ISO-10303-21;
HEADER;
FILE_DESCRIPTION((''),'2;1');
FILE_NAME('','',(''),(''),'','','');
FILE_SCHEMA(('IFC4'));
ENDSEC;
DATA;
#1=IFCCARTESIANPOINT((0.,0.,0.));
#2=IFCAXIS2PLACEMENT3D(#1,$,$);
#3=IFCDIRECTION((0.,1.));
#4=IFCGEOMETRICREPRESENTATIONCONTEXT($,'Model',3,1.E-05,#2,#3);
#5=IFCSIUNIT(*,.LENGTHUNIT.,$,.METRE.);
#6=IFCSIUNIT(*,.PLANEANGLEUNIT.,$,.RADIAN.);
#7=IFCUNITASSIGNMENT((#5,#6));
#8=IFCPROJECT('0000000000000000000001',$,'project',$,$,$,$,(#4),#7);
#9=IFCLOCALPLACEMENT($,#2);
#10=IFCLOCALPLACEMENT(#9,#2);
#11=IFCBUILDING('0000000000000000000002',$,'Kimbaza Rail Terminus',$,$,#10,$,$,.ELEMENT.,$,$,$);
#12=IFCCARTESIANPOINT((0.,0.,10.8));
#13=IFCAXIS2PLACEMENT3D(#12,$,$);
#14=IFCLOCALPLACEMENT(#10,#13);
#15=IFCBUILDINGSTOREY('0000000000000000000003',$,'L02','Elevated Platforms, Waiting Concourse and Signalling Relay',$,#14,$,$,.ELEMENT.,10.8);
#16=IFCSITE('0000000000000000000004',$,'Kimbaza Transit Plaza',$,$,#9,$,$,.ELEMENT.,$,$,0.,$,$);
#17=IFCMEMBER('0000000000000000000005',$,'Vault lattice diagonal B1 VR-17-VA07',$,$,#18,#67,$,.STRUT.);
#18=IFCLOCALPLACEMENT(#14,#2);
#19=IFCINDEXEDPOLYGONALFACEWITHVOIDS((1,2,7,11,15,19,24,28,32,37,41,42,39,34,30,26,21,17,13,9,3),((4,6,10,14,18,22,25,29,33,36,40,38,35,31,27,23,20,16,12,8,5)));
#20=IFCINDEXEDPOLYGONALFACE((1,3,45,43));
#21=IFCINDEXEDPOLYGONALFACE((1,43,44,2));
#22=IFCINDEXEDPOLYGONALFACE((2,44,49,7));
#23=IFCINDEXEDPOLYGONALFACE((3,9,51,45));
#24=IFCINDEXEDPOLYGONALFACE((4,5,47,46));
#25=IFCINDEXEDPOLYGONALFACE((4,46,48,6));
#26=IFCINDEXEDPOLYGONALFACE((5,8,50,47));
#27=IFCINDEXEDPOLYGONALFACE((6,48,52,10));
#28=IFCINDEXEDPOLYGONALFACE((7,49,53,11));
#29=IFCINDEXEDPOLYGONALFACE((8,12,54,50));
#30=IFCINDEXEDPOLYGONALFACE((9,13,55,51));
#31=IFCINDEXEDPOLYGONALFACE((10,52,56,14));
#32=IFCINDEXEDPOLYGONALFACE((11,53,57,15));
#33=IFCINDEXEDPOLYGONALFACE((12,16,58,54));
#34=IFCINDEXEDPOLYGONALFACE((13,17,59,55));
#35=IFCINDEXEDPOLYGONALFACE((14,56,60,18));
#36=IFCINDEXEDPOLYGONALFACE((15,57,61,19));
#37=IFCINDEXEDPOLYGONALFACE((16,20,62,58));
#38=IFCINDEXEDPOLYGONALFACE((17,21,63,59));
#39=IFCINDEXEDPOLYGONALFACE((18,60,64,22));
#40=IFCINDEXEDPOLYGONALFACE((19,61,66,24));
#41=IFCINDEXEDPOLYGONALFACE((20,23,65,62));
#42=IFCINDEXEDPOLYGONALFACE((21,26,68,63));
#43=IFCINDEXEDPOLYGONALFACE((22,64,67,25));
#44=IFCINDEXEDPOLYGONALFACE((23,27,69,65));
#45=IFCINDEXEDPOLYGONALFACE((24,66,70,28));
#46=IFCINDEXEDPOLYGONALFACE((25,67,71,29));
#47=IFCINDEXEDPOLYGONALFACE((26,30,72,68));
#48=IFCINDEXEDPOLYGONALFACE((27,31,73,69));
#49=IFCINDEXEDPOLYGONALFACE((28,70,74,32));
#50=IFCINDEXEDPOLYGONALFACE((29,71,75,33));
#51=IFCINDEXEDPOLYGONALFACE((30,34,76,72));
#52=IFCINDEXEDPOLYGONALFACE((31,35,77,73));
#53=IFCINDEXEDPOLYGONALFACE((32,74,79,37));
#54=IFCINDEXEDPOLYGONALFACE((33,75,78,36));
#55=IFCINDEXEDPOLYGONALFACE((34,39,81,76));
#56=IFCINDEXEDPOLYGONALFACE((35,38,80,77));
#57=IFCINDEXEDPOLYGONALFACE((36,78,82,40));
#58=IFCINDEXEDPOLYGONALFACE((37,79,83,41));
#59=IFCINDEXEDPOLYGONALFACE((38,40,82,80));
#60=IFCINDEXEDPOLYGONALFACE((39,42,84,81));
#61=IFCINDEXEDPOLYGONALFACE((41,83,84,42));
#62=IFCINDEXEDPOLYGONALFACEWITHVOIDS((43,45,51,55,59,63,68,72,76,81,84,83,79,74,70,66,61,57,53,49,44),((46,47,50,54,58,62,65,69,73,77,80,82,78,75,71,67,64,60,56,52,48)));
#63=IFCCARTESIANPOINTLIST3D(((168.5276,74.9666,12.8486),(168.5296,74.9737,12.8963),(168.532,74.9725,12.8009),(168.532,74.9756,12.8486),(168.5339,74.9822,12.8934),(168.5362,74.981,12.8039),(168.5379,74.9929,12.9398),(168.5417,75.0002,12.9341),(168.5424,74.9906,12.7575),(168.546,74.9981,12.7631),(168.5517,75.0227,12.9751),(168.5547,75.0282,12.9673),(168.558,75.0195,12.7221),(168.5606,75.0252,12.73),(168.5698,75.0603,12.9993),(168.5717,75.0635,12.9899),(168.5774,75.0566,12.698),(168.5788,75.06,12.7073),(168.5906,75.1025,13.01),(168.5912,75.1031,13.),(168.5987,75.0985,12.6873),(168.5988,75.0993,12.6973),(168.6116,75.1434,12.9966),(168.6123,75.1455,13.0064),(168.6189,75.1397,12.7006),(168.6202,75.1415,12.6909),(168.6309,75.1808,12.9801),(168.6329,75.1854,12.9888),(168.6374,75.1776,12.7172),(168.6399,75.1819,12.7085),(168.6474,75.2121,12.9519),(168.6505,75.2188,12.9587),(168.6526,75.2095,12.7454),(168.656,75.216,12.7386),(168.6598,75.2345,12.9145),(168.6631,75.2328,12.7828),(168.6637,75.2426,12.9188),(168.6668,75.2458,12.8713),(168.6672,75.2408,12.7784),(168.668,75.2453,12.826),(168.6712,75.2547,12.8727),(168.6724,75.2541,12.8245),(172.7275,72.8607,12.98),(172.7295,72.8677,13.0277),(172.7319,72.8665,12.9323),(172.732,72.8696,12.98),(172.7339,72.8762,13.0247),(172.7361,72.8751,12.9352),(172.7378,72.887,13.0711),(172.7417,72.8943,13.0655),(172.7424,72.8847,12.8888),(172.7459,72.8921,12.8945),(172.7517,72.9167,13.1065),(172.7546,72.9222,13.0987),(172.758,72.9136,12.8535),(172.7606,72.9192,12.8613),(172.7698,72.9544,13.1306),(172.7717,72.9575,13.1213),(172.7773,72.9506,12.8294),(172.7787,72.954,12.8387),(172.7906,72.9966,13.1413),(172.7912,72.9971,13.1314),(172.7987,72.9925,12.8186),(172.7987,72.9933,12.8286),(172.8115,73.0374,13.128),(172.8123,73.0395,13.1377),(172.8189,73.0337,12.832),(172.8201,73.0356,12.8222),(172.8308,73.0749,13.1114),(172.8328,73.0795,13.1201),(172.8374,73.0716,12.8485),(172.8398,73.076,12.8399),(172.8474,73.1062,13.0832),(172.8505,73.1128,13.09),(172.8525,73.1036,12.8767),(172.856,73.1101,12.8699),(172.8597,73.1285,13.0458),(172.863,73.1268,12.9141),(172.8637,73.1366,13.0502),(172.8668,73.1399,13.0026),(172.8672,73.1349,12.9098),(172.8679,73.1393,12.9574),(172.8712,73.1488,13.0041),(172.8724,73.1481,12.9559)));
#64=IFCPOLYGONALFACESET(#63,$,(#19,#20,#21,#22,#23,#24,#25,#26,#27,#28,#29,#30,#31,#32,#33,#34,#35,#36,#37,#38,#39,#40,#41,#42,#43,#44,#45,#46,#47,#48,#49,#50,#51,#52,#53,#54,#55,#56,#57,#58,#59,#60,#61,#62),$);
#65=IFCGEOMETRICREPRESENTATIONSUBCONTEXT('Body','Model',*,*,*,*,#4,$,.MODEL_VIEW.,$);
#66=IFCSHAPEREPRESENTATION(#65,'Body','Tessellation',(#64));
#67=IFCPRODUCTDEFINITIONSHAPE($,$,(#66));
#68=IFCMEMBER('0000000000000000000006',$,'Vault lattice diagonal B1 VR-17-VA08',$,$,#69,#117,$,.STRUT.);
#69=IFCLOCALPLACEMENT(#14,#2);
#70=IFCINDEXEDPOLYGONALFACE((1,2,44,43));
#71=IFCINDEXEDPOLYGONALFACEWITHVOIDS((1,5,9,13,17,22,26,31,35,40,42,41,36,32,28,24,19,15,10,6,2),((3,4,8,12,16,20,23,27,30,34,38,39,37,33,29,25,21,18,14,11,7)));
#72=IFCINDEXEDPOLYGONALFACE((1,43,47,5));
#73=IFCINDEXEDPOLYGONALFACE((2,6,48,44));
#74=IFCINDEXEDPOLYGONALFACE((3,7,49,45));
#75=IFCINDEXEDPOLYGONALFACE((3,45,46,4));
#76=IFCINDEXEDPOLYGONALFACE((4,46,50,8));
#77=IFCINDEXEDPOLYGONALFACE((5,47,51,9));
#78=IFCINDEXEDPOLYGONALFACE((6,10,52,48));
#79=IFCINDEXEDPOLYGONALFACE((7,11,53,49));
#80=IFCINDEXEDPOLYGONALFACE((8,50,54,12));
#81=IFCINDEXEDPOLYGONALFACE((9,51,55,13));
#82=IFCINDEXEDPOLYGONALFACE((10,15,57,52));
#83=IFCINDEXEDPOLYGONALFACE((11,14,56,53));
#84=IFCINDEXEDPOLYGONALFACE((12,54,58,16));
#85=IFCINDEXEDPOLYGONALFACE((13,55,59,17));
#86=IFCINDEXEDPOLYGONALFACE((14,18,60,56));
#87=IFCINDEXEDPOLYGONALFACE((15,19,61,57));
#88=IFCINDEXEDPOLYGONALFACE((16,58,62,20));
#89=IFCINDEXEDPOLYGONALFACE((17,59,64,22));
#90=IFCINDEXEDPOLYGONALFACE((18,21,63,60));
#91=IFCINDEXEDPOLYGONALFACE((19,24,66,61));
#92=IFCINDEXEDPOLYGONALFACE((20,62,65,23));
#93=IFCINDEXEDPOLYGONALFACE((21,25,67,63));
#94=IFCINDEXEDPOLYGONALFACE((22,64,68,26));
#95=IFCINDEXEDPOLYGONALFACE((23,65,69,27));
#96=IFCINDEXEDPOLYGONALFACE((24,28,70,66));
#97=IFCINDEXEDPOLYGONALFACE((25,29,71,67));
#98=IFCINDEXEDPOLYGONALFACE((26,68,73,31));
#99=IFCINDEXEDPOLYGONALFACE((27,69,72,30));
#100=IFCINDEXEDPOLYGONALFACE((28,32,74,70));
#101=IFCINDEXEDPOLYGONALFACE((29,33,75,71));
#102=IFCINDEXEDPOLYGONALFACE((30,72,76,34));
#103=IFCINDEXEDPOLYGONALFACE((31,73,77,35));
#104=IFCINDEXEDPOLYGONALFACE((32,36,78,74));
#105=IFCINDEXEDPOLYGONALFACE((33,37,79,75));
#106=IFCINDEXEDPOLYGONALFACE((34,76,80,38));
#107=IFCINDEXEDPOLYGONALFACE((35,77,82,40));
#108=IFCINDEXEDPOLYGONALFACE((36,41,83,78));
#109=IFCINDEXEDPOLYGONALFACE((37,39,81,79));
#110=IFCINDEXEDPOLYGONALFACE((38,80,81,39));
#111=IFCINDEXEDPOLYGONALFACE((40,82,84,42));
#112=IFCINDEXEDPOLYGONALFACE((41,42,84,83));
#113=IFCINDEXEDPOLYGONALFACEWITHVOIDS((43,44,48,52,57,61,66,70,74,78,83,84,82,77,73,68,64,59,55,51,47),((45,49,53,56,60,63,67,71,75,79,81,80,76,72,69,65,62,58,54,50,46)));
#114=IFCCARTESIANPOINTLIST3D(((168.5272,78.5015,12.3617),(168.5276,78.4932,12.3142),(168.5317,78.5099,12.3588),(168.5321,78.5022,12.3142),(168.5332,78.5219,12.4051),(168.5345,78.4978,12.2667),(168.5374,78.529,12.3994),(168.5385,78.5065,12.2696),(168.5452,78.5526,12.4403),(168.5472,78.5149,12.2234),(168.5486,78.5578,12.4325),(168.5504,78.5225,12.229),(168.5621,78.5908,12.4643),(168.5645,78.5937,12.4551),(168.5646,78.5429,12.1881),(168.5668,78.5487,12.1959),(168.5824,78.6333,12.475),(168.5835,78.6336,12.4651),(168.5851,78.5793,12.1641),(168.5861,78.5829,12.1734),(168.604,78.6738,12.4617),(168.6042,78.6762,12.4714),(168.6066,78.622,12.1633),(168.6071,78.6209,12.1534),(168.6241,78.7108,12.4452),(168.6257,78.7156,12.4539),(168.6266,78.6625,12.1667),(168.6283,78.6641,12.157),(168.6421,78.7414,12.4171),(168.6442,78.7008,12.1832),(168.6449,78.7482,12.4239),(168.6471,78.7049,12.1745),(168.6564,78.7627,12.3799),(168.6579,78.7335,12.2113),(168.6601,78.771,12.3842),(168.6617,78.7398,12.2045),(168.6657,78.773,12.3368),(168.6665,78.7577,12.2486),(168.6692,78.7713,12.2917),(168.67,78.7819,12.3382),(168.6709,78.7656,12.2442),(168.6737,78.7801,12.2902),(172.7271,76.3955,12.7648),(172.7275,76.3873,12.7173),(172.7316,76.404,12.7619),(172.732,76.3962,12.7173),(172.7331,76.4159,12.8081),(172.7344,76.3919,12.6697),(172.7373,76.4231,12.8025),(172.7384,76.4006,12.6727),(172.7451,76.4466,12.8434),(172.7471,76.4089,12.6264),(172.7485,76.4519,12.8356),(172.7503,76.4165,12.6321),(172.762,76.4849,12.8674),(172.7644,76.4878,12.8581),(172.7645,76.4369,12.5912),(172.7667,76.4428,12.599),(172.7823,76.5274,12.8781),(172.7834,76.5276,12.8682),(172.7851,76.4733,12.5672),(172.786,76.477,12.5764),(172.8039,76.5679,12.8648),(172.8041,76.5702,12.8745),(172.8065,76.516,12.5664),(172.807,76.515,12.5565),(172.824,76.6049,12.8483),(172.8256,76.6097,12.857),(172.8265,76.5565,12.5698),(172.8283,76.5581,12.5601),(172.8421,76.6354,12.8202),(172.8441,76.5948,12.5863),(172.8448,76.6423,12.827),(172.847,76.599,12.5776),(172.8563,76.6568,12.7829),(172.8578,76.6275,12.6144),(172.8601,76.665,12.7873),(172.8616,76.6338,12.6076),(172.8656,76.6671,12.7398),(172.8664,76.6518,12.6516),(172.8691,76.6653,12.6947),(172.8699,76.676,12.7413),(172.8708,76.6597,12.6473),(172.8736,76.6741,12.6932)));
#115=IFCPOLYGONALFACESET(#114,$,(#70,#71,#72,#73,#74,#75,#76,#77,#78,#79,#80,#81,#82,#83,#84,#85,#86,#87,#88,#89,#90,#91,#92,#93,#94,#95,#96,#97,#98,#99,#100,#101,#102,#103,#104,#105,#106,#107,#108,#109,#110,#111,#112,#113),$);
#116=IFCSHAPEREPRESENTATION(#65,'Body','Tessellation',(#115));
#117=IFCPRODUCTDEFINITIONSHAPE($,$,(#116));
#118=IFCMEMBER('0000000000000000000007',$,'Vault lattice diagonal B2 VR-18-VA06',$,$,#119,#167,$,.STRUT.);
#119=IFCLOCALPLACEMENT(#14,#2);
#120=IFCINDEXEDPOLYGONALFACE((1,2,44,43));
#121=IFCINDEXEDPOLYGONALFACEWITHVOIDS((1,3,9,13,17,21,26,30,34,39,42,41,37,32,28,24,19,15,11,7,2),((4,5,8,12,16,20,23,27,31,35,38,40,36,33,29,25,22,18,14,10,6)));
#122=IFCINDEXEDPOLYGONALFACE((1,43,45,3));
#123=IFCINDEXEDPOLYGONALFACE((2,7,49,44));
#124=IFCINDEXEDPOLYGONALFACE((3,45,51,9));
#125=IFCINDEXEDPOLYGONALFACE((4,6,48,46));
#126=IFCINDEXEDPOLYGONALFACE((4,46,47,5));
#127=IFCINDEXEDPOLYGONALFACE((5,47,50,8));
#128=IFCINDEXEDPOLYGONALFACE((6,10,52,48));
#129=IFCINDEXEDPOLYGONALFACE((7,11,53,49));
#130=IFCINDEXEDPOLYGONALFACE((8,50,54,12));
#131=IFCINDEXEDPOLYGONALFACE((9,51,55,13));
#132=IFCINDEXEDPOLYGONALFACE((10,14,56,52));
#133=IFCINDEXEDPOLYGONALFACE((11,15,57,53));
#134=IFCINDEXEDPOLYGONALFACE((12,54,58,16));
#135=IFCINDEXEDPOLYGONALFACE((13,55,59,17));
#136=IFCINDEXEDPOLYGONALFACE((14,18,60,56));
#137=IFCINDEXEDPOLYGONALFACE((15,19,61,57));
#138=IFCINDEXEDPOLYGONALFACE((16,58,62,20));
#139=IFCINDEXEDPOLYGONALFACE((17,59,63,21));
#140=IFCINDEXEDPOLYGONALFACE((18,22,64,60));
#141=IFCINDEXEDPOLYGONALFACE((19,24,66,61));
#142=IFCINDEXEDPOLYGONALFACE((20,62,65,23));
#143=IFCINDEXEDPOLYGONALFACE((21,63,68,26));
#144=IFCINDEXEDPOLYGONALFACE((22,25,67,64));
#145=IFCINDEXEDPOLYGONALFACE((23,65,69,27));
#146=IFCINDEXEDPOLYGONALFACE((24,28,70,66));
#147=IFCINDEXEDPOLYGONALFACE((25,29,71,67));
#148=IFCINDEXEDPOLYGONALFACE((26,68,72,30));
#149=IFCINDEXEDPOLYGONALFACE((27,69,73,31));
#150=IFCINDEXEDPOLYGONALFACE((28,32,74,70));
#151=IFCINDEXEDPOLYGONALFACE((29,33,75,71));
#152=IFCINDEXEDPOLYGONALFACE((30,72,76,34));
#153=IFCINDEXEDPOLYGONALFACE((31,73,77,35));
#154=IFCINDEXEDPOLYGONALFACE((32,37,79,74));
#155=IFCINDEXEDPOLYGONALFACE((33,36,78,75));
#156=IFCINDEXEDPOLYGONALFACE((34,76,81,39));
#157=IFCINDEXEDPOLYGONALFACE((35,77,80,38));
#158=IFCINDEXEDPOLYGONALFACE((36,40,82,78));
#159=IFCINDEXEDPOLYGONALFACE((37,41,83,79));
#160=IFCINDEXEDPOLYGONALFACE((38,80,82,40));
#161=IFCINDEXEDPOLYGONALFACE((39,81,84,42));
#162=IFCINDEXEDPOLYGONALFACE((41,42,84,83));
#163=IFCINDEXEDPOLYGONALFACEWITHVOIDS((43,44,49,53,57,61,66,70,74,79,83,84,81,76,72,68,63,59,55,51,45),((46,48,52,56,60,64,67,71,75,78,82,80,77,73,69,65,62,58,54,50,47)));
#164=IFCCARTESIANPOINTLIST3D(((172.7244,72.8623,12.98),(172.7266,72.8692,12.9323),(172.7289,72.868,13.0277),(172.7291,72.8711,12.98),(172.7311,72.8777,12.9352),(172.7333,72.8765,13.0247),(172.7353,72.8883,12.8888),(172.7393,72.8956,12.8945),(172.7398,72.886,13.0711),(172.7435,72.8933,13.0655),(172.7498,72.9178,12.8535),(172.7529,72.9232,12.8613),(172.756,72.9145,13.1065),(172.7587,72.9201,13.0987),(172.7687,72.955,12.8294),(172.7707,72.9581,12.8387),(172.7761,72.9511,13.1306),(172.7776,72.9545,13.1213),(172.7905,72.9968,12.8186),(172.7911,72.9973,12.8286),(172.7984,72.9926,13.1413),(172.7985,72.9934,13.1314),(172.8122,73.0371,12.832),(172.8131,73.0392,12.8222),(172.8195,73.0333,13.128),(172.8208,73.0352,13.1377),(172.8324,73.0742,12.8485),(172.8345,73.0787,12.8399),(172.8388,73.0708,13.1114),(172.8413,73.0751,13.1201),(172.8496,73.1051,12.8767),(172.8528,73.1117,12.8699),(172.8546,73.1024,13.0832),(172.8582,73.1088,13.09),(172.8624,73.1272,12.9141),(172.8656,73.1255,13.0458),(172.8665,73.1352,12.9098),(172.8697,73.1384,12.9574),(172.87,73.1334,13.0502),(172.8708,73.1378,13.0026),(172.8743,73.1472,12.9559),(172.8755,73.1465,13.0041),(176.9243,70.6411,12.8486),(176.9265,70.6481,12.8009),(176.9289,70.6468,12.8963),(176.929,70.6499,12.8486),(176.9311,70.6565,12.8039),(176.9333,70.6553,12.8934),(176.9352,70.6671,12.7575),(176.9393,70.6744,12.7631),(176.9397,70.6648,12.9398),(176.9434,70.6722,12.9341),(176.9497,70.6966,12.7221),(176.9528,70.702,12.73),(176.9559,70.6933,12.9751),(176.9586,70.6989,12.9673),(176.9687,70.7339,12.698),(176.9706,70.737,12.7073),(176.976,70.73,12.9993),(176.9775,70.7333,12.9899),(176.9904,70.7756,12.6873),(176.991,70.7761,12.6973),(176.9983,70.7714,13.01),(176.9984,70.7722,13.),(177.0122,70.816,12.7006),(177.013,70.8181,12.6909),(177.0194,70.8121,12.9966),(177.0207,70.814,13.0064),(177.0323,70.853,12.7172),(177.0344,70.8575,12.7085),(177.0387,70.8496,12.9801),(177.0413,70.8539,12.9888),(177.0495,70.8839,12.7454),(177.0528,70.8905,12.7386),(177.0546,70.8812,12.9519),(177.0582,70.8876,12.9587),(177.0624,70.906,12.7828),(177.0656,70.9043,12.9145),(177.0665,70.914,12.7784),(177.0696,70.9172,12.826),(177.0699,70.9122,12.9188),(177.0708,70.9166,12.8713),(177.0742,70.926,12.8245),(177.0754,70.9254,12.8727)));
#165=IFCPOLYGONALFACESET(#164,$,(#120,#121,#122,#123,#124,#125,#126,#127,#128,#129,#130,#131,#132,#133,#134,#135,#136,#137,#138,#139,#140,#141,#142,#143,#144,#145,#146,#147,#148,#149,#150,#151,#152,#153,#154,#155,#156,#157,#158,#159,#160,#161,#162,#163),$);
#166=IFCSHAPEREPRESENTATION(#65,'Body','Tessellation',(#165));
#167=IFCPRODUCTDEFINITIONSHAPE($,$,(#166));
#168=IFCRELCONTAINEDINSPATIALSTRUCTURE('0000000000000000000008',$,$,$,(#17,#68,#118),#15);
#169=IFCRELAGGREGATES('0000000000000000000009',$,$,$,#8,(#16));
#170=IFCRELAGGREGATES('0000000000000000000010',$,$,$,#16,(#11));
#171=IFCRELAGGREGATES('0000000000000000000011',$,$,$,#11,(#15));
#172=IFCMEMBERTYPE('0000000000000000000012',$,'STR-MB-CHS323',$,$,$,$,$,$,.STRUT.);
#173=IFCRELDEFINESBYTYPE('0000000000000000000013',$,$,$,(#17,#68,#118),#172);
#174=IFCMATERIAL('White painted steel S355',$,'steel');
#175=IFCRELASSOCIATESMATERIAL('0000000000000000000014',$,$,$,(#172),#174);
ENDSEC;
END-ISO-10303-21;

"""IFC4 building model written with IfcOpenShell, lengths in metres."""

from ifc_helpers import new_model, si_unit, direction, frame, origin, origin_2d, place, context, subcontext, project, spatial, hollow_circle, extrude, material, material_profile, profile_set, type_object, element, save


model = new_model("IFC4")

# Units and contexts
model_context = context("Model", 3, precision=1e-05, world=origin(), true_north=direction((0.0, 1.0)))
body_context = subcontext(model_context, "Body", "Model", "MODEL_VIEW")
ifc_project = project(units=[si_unit("LENGTHUNIT", "METRE"), si_unit("PLANEANGLEUNIT", "RADIAN")], contexts=[model_context])

# Site, building, storey
site_placement = place(None, origin())
site = spatial("IfcSite", under=ifc_project, at=site_placement, Name="Kimbaza Transit Plaza", CompositionType="ELEMENT", RefElevation=0.0)
building_placement = place(site_placement, origin())
building = spatial("IfcBuilding", under=site, at=building_placement, Name="Kimbaza Rail Terminus", CompositionType="ELEMENT")
storey_placement = place(building_placement, frame((0.0, 0.0, 10.8)))
storey = spatial("IfcBuildingStorey", under=building, at=storey_placement, Name="L02", Description="Elevated Platforms, Waiting Concourse and Signalling Relay", CompositionType="ELEMENT", Elevation=10.8)

# Members
ifc_material_1 = material(Name="White painted steel S355", Category="steel")
ifc_material_profile_1 = material_profile(ifc_material_1, hollow_circle(Radius=0.1619, WallThickness=0.01, at=origin_2d()), Name="CHS 323.9x10")
ifc_profile_set_1 = profile_set([ifc_material_profile_1], Name="White painted steel S355")
member_type_1 = type_object("IfcMemberType", Name="STR-MB-CHS323", PredefinedType="STRUT", material=ifc_profile_set_1)
member_1_placement = place(storey_placement, frame((172.8, 73.0054, 12.98), z_axis=(-0.893568, 0.448057, -0.027945), x_axis=(-0.448232, -0.893917, 0.0)))
element("IfcMember", 1, at=member_1_placement, inside=storey, type_object=member_type_1, Name="Vault lattice diagonal B1 VR-17-VA07", PredefinedType="STRUT", context=body_context, shape_type="SweptSolid", body=[
    extrude(hollow_circle(Radius=0.1619, WallThickness=0.01, at=origin_2d()), origin(), (0.0, 0.0, 1.0), 4.7002),
])
member_2_placement = place(storey_placement, frame((172.8, 76.532, 12.7173), z_axis=(-0.890646, 0.446591, -0.085477), x_axis=(-0.448232, -0.893917, 0.0)))
element("IfcMember", 2, at=member_2_placement, inside=storey, type_object=member_type_1, Name="Vault lattice diagonal B1 VR-17-VA08", PredefinedType="STRUT", context=body_context, shape_type="SweptSolid", body=[
    extrude(hollow_circle(Radius=0.1619, WallThickness=0.01, at=origin_2d()), origin(), (0.0, 0.0, 1.0), 4.7156),
])
member_3_placement = place(storey_placement, frame((177.0, 70.7842, 12.8486), z_axis=(-0.883651, 0.467329, 0.027635), x_axis=(-0.467508, -0.883989, 0.0)))
element("IfcMember", 3, at=member_3_placement, inside=storey, type_object=member_type_1, Name="Vault lattice diagonal B2 VR-18-VA06", PredefinedType="STRUT", context=body_context, shape_type="SweptSolid", body=[
    extrude(hollow_circle(Radius=0.1619, WallThickness=0.01, at=origin_2d()), origin(), (0.0, 0.0, 1.0), 4.7529),
])

save(model, "model.ifc")
